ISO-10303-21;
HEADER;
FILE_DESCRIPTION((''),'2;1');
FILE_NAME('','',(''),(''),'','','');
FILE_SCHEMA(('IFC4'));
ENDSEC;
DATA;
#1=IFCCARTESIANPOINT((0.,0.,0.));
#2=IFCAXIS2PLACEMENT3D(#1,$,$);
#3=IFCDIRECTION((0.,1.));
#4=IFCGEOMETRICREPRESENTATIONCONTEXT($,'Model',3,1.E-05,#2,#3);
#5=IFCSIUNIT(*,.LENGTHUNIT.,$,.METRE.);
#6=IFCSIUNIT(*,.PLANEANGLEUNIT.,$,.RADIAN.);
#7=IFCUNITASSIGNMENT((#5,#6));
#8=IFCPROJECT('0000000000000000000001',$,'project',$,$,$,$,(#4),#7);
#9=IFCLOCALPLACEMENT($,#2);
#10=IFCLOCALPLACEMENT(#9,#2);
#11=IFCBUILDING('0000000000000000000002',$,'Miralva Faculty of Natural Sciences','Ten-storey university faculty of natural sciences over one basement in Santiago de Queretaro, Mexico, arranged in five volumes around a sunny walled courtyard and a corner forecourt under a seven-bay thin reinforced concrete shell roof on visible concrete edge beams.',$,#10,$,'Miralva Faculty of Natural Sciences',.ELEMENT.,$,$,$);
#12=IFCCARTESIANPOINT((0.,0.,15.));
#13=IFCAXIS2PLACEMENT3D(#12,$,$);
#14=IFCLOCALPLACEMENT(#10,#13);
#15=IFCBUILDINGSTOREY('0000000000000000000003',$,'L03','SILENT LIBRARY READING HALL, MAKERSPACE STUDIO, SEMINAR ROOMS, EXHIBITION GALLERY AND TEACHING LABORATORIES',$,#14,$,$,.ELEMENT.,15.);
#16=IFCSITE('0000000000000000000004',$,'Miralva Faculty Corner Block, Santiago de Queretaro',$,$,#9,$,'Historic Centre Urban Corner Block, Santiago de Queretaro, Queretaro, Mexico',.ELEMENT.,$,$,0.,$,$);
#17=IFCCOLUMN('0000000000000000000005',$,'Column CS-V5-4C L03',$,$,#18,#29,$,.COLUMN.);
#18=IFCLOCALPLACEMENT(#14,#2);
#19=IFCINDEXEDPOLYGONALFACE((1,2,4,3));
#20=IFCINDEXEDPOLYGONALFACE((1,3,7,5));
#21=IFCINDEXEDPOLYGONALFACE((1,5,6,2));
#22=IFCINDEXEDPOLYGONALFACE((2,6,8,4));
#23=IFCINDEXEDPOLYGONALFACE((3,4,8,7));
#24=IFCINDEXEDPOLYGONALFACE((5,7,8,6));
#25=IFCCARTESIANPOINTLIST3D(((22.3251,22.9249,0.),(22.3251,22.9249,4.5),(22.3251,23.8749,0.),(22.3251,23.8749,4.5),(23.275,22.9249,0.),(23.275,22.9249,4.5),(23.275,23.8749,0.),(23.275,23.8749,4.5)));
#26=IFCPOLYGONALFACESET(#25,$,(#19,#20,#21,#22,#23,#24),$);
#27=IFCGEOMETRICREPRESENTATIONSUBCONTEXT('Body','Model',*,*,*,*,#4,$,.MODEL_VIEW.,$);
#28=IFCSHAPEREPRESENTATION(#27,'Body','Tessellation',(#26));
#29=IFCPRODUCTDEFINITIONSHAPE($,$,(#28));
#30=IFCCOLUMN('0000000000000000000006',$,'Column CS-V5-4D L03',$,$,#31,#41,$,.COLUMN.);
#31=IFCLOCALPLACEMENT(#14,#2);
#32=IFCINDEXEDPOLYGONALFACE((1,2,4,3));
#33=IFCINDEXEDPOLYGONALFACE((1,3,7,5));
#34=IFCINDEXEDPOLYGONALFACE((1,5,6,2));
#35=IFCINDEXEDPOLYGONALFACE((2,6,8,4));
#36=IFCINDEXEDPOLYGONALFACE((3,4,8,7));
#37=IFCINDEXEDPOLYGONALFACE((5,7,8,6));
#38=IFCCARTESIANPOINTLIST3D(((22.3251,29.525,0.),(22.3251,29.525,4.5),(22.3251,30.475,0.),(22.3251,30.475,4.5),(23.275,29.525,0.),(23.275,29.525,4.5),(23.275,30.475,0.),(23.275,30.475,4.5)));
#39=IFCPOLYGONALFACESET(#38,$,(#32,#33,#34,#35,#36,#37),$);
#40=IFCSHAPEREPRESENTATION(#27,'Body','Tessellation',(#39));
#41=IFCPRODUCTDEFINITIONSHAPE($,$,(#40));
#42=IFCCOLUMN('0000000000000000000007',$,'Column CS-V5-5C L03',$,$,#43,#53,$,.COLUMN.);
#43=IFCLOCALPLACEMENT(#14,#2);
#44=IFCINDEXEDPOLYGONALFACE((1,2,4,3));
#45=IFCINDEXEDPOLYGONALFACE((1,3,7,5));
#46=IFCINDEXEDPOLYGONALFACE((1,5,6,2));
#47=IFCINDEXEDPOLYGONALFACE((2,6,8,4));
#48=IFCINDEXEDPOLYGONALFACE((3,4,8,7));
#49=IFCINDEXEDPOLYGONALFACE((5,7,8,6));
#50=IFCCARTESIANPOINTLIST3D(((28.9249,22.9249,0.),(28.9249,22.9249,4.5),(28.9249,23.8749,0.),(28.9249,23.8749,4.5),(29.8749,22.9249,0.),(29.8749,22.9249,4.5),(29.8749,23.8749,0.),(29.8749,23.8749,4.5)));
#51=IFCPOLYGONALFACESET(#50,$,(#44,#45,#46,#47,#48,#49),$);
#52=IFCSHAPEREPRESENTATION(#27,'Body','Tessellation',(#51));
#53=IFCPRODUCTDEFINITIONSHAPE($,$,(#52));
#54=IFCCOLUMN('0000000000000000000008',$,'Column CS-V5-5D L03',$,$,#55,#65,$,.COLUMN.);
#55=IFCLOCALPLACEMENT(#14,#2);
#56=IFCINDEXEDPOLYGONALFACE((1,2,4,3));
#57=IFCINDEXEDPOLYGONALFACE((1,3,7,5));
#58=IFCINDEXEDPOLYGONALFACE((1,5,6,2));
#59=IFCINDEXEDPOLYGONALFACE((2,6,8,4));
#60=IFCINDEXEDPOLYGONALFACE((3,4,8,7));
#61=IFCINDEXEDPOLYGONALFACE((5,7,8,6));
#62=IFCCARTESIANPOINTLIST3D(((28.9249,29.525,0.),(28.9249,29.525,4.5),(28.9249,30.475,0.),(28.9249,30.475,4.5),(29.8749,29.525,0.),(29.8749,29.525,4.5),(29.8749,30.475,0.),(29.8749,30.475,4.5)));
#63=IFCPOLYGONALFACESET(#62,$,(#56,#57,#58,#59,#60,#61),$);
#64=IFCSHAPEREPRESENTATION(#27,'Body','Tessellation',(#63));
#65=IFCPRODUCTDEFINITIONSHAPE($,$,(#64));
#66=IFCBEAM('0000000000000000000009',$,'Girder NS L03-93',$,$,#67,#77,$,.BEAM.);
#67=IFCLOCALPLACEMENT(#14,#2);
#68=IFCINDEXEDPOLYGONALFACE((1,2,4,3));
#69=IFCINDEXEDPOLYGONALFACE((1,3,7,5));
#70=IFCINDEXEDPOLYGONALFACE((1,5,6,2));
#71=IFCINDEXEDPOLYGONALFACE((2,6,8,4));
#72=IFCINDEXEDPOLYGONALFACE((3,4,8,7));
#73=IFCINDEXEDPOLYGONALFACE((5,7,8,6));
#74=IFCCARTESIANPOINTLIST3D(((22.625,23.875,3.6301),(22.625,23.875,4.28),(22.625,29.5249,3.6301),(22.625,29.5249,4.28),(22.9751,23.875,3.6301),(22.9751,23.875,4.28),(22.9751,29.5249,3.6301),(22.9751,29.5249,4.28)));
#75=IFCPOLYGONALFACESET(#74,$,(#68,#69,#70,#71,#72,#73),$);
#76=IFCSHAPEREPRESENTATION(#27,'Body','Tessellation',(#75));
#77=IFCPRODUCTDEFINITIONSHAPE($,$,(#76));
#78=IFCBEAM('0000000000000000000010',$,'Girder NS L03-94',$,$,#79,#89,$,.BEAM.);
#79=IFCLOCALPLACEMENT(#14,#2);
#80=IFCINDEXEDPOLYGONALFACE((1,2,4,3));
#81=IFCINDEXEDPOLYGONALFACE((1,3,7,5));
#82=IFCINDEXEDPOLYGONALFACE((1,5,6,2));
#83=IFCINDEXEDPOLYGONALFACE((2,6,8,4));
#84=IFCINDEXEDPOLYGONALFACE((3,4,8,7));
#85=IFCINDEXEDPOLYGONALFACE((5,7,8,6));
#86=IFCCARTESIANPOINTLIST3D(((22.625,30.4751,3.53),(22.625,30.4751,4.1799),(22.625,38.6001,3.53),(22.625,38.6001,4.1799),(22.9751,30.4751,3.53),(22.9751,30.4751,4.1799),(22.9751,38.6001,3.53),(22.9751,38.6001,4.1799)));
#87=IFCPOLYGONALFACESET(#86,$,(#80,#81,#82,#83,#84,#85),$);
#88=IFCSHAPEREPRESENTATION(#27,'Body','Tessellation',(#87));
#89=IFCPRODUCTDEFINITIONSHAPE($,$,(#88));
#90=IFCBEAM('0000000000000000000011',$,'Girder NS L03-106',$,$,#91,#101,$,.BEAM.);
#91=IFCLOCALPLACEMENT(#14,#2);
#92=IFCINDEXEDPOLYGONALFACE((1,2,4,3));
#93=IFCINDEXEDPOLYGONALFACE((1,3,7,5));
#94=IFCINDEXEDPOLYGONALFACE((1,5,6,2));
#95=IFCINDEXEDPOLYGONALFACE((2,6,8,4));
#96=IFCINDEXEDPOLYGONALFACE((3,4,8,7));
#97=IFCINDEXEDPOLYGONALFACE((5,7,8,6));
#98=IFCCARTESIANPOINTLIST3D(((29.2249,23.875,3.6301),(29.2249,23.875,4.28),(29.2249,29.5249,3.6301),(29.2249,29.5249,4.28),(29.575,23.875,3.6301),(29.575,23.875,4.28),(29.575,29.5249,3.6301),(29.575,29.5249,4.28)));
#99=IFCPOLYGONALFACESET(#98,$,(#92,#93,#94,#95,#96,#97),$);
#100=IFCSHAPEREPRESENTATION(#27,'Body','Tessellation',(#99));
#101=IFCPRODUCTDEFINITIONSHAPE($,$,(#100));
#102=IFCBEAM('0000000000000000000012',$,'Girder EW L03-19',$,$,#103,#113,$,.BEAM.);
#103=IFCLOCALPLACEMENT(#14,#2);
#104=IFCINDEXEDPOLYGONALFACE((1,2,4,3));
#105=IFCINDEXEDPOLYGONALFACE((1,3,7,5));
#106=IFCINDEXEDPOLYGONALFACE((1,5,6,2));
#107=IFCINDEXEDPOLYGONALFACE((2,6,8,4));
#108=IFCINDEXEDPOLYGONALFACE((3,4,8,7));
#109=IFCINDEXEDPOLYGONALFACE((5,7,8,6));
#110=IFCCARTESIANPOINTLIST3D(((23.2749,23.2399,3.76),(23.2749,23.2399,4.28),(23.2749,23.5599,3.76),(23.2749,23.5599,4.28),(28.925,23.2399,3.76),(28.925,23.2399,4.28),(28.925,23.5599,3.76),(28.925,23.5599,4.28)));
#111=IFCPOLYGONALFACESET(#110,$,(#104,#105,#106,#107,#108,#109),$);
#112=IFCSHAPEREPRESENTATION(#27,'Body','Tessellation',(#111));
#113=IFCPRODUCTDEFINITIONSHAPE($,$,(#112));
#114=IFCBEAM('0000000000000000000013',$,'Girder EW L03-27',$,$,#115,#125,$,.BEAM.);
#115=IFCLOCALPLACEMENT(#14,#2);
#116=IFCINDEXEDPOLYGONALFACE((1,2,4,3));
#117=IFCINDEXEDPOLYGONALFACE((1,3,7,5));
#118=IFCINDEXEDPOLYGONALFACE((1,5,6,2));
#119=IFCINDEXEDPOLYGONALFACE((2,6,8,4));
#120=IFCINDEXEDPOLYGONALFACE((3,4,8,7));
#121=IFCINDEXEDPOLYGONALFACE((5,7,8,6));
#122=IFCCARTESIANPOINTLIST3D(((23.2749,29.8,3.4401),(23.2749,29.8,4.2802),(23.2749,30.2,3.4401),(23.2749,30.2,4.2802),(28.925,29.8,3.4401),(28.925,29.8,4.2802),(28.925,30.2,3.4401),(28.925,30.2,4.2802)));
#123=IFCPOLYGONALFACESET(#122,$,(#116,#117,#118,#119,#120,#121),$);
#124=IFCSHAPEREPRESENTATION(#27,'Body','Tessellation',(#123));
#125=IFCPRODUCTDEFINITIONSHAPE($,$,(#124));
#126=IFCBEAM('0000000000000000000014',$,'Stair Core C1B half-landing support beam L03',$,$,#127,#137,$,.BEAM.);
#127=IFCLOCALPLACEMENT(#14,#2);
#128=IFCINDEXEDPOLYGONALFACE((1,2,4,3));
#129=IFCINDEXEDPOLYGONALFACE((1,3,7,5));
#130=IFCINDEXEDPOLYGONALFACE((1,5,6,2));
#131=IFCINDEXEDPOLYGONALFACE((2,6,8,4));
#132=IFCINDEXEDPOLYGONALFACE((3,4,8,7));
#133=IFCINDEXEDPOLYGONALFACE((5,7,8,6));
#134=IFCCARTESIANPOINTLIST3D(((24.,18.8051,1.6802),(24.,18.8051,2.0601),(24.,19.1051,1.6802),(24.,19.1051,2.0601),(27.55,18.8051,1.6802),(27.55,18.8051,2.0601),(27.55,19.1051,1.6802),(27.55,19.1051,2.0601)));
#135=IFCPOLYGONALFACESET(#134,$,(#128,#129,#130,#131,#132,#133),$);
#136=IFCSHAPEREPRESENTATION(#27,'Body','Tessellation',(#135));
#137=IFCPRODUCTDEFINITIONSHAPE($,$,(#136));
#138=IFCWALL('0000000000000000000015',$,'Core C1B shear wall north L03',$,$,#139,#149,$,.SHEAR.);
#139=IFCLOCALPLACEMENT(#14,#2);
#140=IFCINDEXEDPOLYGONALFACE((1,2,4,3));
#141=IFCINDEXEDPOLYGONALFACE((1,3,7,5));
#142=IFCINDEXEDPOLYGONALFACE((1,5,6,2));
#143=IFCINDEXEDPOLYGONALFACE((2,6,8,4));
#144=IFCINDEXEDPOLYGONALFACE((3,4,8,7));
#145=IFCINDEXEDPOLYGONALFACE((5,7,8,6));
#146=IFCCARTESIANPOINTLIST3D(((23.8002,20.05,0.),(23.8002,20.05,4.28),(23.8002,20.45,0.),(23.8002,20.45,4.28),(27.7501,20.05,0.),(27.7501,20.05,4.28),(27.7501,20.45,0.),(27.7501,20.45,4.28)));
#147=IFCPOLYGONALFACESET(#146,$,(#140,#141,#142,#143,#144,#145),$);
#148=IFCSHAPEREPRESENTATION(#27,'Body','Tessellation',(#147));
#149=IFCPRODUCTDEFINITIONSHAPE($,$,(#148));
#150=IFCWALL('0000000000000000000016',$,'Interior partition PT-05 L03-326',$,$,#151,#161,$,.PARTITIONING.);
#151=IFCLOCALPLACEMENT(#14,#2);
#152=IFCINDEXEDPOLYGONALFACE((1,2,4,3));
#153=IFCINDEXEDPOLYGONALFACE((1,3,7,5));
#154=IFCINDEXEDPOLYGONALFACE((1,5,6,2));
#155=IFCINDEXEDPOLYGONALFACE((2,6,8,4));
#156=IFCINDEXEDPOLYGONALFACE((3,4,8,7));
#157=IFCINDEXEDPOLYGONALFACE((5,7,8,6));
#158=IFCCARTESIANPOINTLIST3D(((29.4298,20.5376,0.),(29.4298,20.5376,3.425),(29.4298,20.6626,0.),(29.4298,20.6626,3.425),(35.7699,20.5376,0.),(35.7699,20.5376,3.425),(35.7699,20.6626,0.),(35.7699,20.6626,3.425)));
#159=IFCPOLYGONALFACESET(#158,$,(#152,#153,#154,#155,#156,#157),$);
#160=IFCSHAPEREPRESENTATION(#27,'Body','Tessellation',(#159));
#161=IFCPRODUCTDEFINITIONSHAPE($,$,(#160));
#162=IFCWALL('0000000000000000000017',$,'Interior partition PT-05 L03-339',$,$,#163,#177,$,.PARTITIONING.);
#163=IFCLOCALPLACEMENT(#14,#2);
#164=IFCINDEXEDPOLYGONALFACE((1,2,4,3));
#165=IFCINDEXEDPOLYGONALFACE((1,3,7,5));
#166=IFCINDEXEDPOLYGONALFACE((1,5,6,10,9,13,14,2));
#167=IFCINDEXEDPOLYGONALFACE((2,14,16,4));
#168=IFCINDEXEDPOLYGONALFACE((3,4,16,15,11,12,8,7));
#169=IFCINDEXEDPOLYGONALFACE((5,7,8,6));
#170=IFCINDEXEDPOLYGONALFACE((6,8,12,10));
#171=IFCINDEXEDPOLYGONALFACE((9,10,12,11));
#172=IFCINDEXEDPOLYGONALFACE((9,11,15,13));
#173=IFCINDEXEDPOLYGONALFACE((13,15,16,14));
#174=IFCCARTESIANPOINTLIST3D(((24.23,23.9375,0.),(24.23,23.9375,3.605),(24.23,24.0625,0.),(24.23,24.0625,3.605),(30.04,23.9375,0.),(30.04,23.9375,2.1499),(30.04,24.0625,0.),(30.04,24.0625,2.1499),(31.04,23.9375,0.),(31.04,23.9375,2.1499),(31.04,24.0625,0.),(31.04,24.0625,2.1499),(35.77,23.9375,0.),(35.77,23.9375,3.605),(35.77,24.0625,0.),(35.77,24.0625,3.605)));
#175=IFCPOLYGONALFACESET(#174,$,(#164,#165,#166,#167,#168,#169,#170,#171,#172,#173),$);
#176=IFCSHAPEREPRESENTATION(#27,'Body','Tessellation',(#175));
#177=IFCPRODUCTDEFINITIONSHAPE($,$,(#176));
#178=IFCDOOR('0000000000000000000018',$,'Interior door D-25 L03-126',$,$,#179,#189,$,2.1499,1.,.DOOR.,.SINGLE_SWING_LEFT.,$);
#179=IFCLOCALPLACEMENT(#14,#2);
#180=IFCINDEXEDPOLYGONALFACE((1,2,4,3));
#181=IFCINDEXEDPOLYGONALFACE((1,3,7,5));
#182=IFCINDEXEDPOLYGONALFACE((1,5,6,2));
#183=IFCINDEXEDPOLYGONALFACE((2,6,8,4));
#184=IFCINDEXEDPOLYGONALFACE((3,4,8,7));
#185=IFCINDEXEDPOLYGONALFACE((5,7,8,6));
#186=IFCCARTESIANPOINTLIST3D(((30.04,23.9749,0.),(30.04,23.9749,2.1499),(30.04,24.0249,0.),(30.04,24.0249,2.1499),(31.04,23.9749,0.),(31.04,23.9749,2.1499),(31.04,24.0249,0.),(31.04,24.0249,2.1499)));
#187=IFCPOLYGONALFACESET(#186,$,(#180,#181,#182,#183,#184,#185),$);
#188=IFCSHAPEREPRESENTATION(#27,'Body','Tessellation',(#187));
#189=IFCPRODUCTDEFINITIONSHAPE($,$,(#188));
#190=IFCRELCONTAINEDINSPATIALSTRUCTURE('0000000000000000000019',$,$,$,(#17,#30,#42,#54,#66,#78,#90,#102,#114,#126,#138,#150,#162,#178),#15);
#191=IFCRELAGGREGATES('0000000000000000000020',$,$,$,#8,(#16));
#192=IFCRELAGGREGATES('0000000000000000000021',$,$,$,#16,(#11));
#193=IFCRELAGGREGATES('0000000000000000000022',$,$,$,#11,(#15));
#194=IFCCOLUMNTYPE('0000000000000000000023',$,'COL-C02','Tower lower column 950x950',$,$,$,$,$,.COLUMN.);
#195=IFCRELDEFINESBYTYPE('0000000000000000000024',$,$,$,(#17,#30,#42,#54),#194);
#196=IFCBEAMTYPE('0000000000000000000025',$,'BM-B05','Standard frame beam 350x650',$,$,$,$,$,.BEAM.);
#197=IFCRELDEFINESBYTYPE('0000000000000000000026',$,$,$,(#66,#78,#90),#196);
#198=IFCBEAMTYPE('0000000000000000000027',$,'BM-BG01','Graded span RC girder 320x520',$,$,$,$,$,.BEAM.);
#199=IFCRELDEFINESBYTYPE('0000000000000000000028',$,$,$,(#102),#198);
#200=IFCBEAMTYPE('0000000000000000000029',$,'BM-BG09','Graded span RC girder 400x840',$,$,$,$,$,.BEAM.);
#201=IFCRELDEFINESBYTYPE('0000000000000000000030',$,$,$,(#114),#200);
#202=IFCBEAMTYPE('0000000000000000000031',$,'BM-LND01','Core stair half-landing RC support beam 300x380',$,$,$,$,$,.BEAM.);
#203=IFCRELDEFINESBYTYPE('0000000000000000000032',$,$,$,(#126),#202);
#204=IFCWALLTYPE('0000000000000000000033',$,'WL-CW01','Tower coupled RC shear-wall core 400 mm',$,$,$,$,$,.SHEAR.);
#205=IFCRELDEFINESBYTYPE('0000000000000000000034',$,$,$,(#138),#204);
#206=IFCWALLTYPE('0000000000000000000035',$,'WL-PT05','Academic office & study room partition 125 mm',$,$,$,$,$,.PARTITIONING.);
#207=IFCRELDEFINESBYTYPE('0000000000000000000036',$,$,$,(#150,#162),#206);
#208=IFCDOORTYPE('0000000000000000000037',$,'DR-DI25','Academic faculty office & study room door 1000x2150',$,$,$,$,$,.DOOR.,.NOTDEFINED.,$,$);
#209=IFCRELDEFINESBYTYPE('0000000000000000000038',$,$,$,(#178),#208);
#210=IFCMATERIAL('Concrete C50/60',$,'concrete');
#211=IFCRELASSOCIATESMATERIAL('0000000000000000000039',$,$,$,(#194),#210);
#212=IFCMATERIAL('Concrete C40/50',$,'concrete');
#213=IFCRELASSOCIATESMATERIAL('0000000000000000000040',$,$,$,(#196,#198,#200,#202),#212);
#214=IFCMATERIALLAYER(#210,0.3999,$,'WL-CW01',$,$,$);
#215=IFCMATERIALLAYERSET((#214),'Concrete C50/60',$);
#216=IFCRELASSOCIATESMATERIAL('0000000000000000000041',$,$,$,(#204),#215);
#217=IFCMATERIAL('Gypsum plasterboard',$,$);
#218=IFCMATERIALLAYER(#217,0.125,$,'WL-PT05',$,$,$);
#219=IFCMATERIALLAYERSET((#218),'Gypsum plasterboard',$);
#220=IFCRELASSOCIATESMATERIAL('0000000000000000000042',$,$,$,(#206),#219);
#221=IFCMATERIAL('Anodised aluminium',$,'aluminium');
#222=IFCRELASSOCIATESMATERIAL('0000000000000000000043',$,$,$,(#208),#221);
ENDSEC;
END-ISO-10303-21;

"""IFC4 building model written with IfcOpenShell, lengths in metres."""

from ifc_helpers import new_model, si_unit, direction, frame, frame_2d, origin, origin_2d, place, context, subcontext, project, spatial, rectangle, extrude, material, layer, layer_set, material_profile, profile_set, type_object, element, fill, save


model = new_model("IFC4")

# Units and contexts
model_context = context("Model", 3, precision=1e-05, world=origin(), true_north=direction((0.0, 1.0)))
body_context = subcontext(model_context, "Body", "Model", "MODEL_VIEW")
ifc_project = project(units=[si_unit("LENGTHUNIT", "METRE"), si_unit("PLANEANGLEUNIT", "RADIAN")], contexts=[model_context])

# Site, building, storey
site_placement = place(None, origin())
site = spatial("IfcSite", under=ifc_project, at=site_placement, Name="Miralva Faculty Corner Block, Santiago de Queretaro", LongName="Historic Centre Urban Corner Block, Santiago de Queretaro, Queretaro, Mexico", CompositionType="ELEMENT", RefElevation=0.0)
building_placement = place(site_placement, origin())
building = spatial("IfcBuilding", under=site, at=building_placement, Name="Miralva Faculty of Natural Sciences", Description="Ten-storey university faculty of natural sciences over one basement in Santiago de Queretaro, Mexico, arranged in five volumes around a sunny walled courtyard and a corner forecourt under a seven-bay thin reinforced concrete shell roof on visible concrete edge beams.", LongName="Miralva Faculty of Natural Sciences", CompositionType="ELEMENT")
storey_placement = place(building_placement, frame((0.0, 0.0, 15.0)))
storey = spatial("IfcBuildingStorey", under=building, at=storey_placement, Name="L03", Description="SILENT LIBRARY READING HALL, MAKERSPACE STUDIO, SEMINAR ROOMS, EXHIBITION GALLERY AND TEACHING LABORATORIES", CompositionType="ELEMENT", Elevation=15.0)

# Columns
ifc_material_1 = material(Name="Concrete C50/60", Category="concrete")
ifc_material_profile_1 = material_profile(ifc_material_1, rectangle(XDim=0.95, YDim=0.95, at=origin_2d()), Name="RC 950x950")
ifc_profile_set_1 = profile_set([ifc_material_profile_1], Name="Concrete C50/60")
column_type = type_object("IfcColumnType", Name="COL-C02", Description="Tower lower column 950x950", PredefinedType="COLUMN", material=ifc_profile_set_1)
for number, where, z_axis, x_axis, name in (
    (1, (22.8, 23.3999, 0.0), (0.0, 0.0, 1.0), (1.0, 0.0, 0.0), "Column CS-V5-4C L03"),
    (2, (22.8, 30.0, 0.0), (0.0, 0.0, 1.0), (1.0, 0.0, 0.0), "Column CS-V5-4D L03"),
    (3, (29.3999, 23.3999, 0.0), (0.0, 0.0, 1.0), (1.0, 0.0, 0.0), "Column CS-V5-5C L03"),
    (4, (29.3999, 30.0, 0.0), (0.0, 0.0, 1.0), (1.0, 0.0, 0.0), "Column CS-V5-5D L03"),
):
    element("IfcColumn", number, at=place(storey_placement, frame(where, z_axis=z_axis, x_axis=x_axis)), inside=storey, type_object=column_type, Name=name, PredefinedType="COLUMN", context=body_context, shape_type="SweptSolid", body=[
        extrude(rectangle(XDim=0.95, YDim=0.95, at=origin_2d()), origin(), (0.0, 0.0, 1.0), 4.5),
    ])

# Beams
ifc_material_2 = material(Name="Concrete C40/50", Category="concrete")
ifc_material_profile_2 = material_profile(ifc_material_2, rectangle(XDim=0.3501, YDim=0.6499, at=origin_2d()), Name="RC 350x650")
ifc_profile_set_2 = profile_set([ifc_material_profile_2], Name="Concrete C40/50")
beam_type_1 = type_object("IfcBeamType", Name="BM-B05", Description="Standard frame beam 350x650", PredefinedType="BEAM", material=ifc_profile_set_2)
beam_1_placement = place(storey_placement, frame((22.8, 23.875, 3.9551), z_axis=(0.0, 1.0, 0.0), x_axis=(-1.0, 0.0, 0.0)))
element("IfcBeam", 5, at=beam_1_placement, inside=storey, type_object=beam_type_1, Name="Girder NS L03-93", PredefinedType="BEAM", context=body_context, shape_type="SweptSolid", body=[
    extrude(rectangle(XDim=0.3501, YDim=0.6499, at=origin_2d()), origin(), (0.0, 0.0, 1.0), 5.6499),
])
beam_2_placement = place(storey_placement, frame((22.8, 30.4751, 3.855), z_axis=(0.0, 1.0, 0.0), x_axis=(-1.0, 0.0, 0.0)))
element("IfcBeam", 6, at=beam_2_placement, inside=storey, type_object=beam_type_1, Name="Girder NS L03-94", PredefinedType="BEAM", context=body_context, shape_type="SweptSolid", body=[
    extrude(rectangle(XDim=0.3501, YDim=0.6499, at=origin_2d()), origin(), (0.0, 0.0, 1.0), 8.125),
])
beam_3_placement = place(storey_placement, frame((29.3999, 23.875, 3.9551), z_axis=(0.0, 1.0, 0.0), x_axis=(-1.0, 0.0, 0.0)))
element("IfcBeam", 7, at=beam_3_placement, inside=storey, type_object=beam_type_1, Name="Girder NS L03-106", PredefinedType="BEAM", context=body_context, shape_type="SweptSolid", body=[
    extrude(rectangle(XDim=0.3501, YDim=0.6499, at=origin_2d()), origin(), (0.0, 0.0, 1.0), 5.6499),
])
ifc_material_profile_3 = material_profile(ifc_material_2, rectangle(XDim=0.3201, YDim=0.52, at=origin_2d()), Name="RC 320x520")
ifc_profile_set_3 = profile_set([ifc_material_profile_3], Name="Concrete C40/50")
beam_type_2 = type_object("IfcBeamType", Name="BM-BG01", Description="Graded span RC girder 320x520", PredefinedType="BEAM", material=ifc_profile_set_3)
beam_4_placement = place(storey_placement, frame((23.2749, 23.3999, 4.02), z_axis=(1.0, 0.0, 0.0), x_axis=(0.0, 1.0, 0.0)))
element("IfcBeam", 8, at=beam_4_placement, inside=storey, type_object=beam_type_2, Name="Girder EW L03-19", PredefinedType="BEAM", context=body_context, shape_type="SweptSolid", body=[
    extrude(rectangle(XDim=0.3201, YDim=0.52, at=origin_2d()), origin(), (0.0, 0.0, 1.0), 5.6501),
])
ifc_material_profile_4 = material_profile(ifc_material_2, rectangle(XDim=0.3999, YDim=0.8401, at=origin_2d()), Name="RC 400x840")
ifc_profile_set_4 = profile_set([ifc_material_profile_4], Name="Concrete C40/50")
beam_type_3 = type_object("IfcBeamType", Name="BM-BG09", Description="Graded span RC girder 400x840", PredefinedType="BEAM", material=ifc_profile_set_4)
beam_5_placement = place(storey_placement, frame((23.2749, 30.0, 3.8601), z_axis=(1.0, 0.0, 0.0), x_axis=(0.0, 1.0, 0.0)))
element("IfcBeam", 9, at=beam_5_placement, inside=storey, type_object=beam_type_3, Name="Girder EW L03-27", PredefinedType="BEAM", context=body_context, shape_type="SweptSolid", body=[
    extrude(rectangle(XDim=0.3999, YDim=0.8401, at=origin_2d()), origin(), (0.0, 0.0, 1.0), 5.6501),
])
ifc_material_profile_5 = material_profile(ifc_material_2, rectangle(XDim=0.3, YDim=0.3799, at=origin_2d()), Name="RC 300x380")
ifc_profile_set_5 = profile_set([ifc_material_profile_5], Name="Concrete C40/50")
beam_type_4 = type_object("IfcBeamType", Name="BM-LND01", Description="Core stair half-landing RC support beam 300x380", PredefinedType="BEAM", material=ifc_profile_set_5)
beam_6_placement = place(storey_placement, frame((24.0, 18.9551, 1.8701), z_axis=(1.0, 0.0, 0.0), x_axis=(0.0, 1.0, 0.0)))
element("IfcBeam", 10, at=beam_6_placement, inside=storey, type_object=beam_type_4, Name="Stair Core C1B half-landing support beam L03", PredefinedType="BEAM", context=body_context, shape_type="SweptSolid", body=[
    extrude(rectangle(XDim=0.3, YDim=0.3799, at=origin_2d()), origin(), (0.0, 0.0, 1.0), 3.55),
])

# Walls
ifc_layer_1 = layer(ifc_material_1, 0.3999, Name="WL-CW01")
ifc_layer_set_1 = layer_set([ifc_layer_1], Name="Concrete C50/60")
wall_type_1 = type_object("IfcWallType", Name="WL-CW01", Description="Tower coupled RC shear-wall core 400 mm", PredefinedType="SHEAR", material=ifc_layer_set_1)
wall_1_placement = place(storey_placement, frame((23.8, 20.25, 0.0), z_axis=(0.0, 0.0, 1.0), x_axis=(1.0, 0.0, 0.0)))
element("IfcWall", 11, at=wall_1_placement, inside=storey, type_object=wall_type_1, Name="Core C1B shear wall north L03", PredefinedType="SHEAR", context=body_context, shape_type="SweptSolid", body=[
    extrude(rectangle(XDim=3.95, YDim=0.3999, at=frame_2d((1.9751, 0.0))), origin(), (0.0, 0.0, 1.0), 4.28),
])
ifc_material_3 = material(Name="Gypsum plasterboard")
ifc_layer_2 = layer(ifc_material_3, 0.125, Name="WL-PT05")
ifc_layer_set_2 = layer_set([ifc_layer_2], Name="Gypsum plasterboard")
wall_type_2 = type_object("IfcWallType", Name="WL-PT05", Description="Academic office & study room partition 125 mm", PredefinedType="PARTITIONING", material=ifc_layer_set_2)
wall_2_placement = place(storey_placement, frame((29.4299, 20.6001, 0.0), z_axis=(0.0, 0.0, 1.0), x_axis=(1.0, 0.0, 0.0)))
element("IfcWall", 12, at=wall_2_placement, inside=storey, type_object=wall_type_2, Name="Interior partition PT-05 L03-326", PredefinedType="PARTITIONING", context=body_context, shape_type="SweptSolid", body=[
    extrude(rectangle(XDim=6.3401, YDim=0.125, at=frame_2d((3.1699, 0.0))), origin(), (0.0, 0.0, 1.0), 3.425),
])

# Wall, opening, door
wall_3_placement = place(storey_placement, frame((24.23, 24.0, 0.0), z_axis=(0.0, 0.0, 1.0), x_axis=(1.0, 0.0, 0.0)))
wall_3 = element("IfcWall", 13, at=wall_3_placement, inside=storey, type_object=wall_type_2, Name="Interior partition PT-05 L03-339", PredefinedType="PARTITIONING", context=body_context, shape_type="SweptSolid", body=[
    extrude(rectangle(XDim=11.54, YDim=0.125, at=frame_2d((5.77, 0.0))), origin(), (0.0, 0.0, 1.0), 3.605),
])
opening_1_placement = place(wall_3_placement, frame((5.8101, 0.0, 0.0)))
opening_1 = element("IfcOpeningElement", 14, at=opening_1_placement, cuts=wall_3, PredefinedType="OPENING", context=body_context, shape_type="SweptSolid", body=[
    extrude(rectangle(XDim=1.0, YDim=2.1499, at=frame_2d((0.5, 1.075))), frame((0.0, 0.0725, 0.0), z_axis=(0.0, -1.0, 0.0), x_axis=(1.0, 0.0, 0.0)), (0.0, 0.0, 1.0), 0.145),
])
ifc_material_4 = material(Name="Anodised aluminium", Category="aluminium")
door_type = type_object("IfcDoorType", Name="DR-DI25", Description="Academic faculty office & study room door 1000x2150", OperationType="NOTDEFINED", PredefinedType="DOOR", material=ifc_material_4)
door_placement = place(opening_1_placement, origin())
door = element("IfcDoor", 15, at=door_placement, inside=storey, type_object=door_type, Name="Interior door D-25 L03-126", OperationType="SINGLE_SWING_LEFT", OverallHeight=2.1499, OverallWidth=1.0, PredefinedType="DOOR", context=body_context, shape_type="SweptSolid", body=[
    extrude(rectangle(XDim=1.0, YDim=2.1499, at=frame_2d((0.5, 1.075))), frame((0.0, 0.0249, 0.0), z_axis=(0.0, -1.0, 0.0), x_axis=(1.0, 0.0, 0.0)), (0.0, 0.0, 1.0), 0.05),
])
fill(opening_1, door)

save(model, "model.ifc")
